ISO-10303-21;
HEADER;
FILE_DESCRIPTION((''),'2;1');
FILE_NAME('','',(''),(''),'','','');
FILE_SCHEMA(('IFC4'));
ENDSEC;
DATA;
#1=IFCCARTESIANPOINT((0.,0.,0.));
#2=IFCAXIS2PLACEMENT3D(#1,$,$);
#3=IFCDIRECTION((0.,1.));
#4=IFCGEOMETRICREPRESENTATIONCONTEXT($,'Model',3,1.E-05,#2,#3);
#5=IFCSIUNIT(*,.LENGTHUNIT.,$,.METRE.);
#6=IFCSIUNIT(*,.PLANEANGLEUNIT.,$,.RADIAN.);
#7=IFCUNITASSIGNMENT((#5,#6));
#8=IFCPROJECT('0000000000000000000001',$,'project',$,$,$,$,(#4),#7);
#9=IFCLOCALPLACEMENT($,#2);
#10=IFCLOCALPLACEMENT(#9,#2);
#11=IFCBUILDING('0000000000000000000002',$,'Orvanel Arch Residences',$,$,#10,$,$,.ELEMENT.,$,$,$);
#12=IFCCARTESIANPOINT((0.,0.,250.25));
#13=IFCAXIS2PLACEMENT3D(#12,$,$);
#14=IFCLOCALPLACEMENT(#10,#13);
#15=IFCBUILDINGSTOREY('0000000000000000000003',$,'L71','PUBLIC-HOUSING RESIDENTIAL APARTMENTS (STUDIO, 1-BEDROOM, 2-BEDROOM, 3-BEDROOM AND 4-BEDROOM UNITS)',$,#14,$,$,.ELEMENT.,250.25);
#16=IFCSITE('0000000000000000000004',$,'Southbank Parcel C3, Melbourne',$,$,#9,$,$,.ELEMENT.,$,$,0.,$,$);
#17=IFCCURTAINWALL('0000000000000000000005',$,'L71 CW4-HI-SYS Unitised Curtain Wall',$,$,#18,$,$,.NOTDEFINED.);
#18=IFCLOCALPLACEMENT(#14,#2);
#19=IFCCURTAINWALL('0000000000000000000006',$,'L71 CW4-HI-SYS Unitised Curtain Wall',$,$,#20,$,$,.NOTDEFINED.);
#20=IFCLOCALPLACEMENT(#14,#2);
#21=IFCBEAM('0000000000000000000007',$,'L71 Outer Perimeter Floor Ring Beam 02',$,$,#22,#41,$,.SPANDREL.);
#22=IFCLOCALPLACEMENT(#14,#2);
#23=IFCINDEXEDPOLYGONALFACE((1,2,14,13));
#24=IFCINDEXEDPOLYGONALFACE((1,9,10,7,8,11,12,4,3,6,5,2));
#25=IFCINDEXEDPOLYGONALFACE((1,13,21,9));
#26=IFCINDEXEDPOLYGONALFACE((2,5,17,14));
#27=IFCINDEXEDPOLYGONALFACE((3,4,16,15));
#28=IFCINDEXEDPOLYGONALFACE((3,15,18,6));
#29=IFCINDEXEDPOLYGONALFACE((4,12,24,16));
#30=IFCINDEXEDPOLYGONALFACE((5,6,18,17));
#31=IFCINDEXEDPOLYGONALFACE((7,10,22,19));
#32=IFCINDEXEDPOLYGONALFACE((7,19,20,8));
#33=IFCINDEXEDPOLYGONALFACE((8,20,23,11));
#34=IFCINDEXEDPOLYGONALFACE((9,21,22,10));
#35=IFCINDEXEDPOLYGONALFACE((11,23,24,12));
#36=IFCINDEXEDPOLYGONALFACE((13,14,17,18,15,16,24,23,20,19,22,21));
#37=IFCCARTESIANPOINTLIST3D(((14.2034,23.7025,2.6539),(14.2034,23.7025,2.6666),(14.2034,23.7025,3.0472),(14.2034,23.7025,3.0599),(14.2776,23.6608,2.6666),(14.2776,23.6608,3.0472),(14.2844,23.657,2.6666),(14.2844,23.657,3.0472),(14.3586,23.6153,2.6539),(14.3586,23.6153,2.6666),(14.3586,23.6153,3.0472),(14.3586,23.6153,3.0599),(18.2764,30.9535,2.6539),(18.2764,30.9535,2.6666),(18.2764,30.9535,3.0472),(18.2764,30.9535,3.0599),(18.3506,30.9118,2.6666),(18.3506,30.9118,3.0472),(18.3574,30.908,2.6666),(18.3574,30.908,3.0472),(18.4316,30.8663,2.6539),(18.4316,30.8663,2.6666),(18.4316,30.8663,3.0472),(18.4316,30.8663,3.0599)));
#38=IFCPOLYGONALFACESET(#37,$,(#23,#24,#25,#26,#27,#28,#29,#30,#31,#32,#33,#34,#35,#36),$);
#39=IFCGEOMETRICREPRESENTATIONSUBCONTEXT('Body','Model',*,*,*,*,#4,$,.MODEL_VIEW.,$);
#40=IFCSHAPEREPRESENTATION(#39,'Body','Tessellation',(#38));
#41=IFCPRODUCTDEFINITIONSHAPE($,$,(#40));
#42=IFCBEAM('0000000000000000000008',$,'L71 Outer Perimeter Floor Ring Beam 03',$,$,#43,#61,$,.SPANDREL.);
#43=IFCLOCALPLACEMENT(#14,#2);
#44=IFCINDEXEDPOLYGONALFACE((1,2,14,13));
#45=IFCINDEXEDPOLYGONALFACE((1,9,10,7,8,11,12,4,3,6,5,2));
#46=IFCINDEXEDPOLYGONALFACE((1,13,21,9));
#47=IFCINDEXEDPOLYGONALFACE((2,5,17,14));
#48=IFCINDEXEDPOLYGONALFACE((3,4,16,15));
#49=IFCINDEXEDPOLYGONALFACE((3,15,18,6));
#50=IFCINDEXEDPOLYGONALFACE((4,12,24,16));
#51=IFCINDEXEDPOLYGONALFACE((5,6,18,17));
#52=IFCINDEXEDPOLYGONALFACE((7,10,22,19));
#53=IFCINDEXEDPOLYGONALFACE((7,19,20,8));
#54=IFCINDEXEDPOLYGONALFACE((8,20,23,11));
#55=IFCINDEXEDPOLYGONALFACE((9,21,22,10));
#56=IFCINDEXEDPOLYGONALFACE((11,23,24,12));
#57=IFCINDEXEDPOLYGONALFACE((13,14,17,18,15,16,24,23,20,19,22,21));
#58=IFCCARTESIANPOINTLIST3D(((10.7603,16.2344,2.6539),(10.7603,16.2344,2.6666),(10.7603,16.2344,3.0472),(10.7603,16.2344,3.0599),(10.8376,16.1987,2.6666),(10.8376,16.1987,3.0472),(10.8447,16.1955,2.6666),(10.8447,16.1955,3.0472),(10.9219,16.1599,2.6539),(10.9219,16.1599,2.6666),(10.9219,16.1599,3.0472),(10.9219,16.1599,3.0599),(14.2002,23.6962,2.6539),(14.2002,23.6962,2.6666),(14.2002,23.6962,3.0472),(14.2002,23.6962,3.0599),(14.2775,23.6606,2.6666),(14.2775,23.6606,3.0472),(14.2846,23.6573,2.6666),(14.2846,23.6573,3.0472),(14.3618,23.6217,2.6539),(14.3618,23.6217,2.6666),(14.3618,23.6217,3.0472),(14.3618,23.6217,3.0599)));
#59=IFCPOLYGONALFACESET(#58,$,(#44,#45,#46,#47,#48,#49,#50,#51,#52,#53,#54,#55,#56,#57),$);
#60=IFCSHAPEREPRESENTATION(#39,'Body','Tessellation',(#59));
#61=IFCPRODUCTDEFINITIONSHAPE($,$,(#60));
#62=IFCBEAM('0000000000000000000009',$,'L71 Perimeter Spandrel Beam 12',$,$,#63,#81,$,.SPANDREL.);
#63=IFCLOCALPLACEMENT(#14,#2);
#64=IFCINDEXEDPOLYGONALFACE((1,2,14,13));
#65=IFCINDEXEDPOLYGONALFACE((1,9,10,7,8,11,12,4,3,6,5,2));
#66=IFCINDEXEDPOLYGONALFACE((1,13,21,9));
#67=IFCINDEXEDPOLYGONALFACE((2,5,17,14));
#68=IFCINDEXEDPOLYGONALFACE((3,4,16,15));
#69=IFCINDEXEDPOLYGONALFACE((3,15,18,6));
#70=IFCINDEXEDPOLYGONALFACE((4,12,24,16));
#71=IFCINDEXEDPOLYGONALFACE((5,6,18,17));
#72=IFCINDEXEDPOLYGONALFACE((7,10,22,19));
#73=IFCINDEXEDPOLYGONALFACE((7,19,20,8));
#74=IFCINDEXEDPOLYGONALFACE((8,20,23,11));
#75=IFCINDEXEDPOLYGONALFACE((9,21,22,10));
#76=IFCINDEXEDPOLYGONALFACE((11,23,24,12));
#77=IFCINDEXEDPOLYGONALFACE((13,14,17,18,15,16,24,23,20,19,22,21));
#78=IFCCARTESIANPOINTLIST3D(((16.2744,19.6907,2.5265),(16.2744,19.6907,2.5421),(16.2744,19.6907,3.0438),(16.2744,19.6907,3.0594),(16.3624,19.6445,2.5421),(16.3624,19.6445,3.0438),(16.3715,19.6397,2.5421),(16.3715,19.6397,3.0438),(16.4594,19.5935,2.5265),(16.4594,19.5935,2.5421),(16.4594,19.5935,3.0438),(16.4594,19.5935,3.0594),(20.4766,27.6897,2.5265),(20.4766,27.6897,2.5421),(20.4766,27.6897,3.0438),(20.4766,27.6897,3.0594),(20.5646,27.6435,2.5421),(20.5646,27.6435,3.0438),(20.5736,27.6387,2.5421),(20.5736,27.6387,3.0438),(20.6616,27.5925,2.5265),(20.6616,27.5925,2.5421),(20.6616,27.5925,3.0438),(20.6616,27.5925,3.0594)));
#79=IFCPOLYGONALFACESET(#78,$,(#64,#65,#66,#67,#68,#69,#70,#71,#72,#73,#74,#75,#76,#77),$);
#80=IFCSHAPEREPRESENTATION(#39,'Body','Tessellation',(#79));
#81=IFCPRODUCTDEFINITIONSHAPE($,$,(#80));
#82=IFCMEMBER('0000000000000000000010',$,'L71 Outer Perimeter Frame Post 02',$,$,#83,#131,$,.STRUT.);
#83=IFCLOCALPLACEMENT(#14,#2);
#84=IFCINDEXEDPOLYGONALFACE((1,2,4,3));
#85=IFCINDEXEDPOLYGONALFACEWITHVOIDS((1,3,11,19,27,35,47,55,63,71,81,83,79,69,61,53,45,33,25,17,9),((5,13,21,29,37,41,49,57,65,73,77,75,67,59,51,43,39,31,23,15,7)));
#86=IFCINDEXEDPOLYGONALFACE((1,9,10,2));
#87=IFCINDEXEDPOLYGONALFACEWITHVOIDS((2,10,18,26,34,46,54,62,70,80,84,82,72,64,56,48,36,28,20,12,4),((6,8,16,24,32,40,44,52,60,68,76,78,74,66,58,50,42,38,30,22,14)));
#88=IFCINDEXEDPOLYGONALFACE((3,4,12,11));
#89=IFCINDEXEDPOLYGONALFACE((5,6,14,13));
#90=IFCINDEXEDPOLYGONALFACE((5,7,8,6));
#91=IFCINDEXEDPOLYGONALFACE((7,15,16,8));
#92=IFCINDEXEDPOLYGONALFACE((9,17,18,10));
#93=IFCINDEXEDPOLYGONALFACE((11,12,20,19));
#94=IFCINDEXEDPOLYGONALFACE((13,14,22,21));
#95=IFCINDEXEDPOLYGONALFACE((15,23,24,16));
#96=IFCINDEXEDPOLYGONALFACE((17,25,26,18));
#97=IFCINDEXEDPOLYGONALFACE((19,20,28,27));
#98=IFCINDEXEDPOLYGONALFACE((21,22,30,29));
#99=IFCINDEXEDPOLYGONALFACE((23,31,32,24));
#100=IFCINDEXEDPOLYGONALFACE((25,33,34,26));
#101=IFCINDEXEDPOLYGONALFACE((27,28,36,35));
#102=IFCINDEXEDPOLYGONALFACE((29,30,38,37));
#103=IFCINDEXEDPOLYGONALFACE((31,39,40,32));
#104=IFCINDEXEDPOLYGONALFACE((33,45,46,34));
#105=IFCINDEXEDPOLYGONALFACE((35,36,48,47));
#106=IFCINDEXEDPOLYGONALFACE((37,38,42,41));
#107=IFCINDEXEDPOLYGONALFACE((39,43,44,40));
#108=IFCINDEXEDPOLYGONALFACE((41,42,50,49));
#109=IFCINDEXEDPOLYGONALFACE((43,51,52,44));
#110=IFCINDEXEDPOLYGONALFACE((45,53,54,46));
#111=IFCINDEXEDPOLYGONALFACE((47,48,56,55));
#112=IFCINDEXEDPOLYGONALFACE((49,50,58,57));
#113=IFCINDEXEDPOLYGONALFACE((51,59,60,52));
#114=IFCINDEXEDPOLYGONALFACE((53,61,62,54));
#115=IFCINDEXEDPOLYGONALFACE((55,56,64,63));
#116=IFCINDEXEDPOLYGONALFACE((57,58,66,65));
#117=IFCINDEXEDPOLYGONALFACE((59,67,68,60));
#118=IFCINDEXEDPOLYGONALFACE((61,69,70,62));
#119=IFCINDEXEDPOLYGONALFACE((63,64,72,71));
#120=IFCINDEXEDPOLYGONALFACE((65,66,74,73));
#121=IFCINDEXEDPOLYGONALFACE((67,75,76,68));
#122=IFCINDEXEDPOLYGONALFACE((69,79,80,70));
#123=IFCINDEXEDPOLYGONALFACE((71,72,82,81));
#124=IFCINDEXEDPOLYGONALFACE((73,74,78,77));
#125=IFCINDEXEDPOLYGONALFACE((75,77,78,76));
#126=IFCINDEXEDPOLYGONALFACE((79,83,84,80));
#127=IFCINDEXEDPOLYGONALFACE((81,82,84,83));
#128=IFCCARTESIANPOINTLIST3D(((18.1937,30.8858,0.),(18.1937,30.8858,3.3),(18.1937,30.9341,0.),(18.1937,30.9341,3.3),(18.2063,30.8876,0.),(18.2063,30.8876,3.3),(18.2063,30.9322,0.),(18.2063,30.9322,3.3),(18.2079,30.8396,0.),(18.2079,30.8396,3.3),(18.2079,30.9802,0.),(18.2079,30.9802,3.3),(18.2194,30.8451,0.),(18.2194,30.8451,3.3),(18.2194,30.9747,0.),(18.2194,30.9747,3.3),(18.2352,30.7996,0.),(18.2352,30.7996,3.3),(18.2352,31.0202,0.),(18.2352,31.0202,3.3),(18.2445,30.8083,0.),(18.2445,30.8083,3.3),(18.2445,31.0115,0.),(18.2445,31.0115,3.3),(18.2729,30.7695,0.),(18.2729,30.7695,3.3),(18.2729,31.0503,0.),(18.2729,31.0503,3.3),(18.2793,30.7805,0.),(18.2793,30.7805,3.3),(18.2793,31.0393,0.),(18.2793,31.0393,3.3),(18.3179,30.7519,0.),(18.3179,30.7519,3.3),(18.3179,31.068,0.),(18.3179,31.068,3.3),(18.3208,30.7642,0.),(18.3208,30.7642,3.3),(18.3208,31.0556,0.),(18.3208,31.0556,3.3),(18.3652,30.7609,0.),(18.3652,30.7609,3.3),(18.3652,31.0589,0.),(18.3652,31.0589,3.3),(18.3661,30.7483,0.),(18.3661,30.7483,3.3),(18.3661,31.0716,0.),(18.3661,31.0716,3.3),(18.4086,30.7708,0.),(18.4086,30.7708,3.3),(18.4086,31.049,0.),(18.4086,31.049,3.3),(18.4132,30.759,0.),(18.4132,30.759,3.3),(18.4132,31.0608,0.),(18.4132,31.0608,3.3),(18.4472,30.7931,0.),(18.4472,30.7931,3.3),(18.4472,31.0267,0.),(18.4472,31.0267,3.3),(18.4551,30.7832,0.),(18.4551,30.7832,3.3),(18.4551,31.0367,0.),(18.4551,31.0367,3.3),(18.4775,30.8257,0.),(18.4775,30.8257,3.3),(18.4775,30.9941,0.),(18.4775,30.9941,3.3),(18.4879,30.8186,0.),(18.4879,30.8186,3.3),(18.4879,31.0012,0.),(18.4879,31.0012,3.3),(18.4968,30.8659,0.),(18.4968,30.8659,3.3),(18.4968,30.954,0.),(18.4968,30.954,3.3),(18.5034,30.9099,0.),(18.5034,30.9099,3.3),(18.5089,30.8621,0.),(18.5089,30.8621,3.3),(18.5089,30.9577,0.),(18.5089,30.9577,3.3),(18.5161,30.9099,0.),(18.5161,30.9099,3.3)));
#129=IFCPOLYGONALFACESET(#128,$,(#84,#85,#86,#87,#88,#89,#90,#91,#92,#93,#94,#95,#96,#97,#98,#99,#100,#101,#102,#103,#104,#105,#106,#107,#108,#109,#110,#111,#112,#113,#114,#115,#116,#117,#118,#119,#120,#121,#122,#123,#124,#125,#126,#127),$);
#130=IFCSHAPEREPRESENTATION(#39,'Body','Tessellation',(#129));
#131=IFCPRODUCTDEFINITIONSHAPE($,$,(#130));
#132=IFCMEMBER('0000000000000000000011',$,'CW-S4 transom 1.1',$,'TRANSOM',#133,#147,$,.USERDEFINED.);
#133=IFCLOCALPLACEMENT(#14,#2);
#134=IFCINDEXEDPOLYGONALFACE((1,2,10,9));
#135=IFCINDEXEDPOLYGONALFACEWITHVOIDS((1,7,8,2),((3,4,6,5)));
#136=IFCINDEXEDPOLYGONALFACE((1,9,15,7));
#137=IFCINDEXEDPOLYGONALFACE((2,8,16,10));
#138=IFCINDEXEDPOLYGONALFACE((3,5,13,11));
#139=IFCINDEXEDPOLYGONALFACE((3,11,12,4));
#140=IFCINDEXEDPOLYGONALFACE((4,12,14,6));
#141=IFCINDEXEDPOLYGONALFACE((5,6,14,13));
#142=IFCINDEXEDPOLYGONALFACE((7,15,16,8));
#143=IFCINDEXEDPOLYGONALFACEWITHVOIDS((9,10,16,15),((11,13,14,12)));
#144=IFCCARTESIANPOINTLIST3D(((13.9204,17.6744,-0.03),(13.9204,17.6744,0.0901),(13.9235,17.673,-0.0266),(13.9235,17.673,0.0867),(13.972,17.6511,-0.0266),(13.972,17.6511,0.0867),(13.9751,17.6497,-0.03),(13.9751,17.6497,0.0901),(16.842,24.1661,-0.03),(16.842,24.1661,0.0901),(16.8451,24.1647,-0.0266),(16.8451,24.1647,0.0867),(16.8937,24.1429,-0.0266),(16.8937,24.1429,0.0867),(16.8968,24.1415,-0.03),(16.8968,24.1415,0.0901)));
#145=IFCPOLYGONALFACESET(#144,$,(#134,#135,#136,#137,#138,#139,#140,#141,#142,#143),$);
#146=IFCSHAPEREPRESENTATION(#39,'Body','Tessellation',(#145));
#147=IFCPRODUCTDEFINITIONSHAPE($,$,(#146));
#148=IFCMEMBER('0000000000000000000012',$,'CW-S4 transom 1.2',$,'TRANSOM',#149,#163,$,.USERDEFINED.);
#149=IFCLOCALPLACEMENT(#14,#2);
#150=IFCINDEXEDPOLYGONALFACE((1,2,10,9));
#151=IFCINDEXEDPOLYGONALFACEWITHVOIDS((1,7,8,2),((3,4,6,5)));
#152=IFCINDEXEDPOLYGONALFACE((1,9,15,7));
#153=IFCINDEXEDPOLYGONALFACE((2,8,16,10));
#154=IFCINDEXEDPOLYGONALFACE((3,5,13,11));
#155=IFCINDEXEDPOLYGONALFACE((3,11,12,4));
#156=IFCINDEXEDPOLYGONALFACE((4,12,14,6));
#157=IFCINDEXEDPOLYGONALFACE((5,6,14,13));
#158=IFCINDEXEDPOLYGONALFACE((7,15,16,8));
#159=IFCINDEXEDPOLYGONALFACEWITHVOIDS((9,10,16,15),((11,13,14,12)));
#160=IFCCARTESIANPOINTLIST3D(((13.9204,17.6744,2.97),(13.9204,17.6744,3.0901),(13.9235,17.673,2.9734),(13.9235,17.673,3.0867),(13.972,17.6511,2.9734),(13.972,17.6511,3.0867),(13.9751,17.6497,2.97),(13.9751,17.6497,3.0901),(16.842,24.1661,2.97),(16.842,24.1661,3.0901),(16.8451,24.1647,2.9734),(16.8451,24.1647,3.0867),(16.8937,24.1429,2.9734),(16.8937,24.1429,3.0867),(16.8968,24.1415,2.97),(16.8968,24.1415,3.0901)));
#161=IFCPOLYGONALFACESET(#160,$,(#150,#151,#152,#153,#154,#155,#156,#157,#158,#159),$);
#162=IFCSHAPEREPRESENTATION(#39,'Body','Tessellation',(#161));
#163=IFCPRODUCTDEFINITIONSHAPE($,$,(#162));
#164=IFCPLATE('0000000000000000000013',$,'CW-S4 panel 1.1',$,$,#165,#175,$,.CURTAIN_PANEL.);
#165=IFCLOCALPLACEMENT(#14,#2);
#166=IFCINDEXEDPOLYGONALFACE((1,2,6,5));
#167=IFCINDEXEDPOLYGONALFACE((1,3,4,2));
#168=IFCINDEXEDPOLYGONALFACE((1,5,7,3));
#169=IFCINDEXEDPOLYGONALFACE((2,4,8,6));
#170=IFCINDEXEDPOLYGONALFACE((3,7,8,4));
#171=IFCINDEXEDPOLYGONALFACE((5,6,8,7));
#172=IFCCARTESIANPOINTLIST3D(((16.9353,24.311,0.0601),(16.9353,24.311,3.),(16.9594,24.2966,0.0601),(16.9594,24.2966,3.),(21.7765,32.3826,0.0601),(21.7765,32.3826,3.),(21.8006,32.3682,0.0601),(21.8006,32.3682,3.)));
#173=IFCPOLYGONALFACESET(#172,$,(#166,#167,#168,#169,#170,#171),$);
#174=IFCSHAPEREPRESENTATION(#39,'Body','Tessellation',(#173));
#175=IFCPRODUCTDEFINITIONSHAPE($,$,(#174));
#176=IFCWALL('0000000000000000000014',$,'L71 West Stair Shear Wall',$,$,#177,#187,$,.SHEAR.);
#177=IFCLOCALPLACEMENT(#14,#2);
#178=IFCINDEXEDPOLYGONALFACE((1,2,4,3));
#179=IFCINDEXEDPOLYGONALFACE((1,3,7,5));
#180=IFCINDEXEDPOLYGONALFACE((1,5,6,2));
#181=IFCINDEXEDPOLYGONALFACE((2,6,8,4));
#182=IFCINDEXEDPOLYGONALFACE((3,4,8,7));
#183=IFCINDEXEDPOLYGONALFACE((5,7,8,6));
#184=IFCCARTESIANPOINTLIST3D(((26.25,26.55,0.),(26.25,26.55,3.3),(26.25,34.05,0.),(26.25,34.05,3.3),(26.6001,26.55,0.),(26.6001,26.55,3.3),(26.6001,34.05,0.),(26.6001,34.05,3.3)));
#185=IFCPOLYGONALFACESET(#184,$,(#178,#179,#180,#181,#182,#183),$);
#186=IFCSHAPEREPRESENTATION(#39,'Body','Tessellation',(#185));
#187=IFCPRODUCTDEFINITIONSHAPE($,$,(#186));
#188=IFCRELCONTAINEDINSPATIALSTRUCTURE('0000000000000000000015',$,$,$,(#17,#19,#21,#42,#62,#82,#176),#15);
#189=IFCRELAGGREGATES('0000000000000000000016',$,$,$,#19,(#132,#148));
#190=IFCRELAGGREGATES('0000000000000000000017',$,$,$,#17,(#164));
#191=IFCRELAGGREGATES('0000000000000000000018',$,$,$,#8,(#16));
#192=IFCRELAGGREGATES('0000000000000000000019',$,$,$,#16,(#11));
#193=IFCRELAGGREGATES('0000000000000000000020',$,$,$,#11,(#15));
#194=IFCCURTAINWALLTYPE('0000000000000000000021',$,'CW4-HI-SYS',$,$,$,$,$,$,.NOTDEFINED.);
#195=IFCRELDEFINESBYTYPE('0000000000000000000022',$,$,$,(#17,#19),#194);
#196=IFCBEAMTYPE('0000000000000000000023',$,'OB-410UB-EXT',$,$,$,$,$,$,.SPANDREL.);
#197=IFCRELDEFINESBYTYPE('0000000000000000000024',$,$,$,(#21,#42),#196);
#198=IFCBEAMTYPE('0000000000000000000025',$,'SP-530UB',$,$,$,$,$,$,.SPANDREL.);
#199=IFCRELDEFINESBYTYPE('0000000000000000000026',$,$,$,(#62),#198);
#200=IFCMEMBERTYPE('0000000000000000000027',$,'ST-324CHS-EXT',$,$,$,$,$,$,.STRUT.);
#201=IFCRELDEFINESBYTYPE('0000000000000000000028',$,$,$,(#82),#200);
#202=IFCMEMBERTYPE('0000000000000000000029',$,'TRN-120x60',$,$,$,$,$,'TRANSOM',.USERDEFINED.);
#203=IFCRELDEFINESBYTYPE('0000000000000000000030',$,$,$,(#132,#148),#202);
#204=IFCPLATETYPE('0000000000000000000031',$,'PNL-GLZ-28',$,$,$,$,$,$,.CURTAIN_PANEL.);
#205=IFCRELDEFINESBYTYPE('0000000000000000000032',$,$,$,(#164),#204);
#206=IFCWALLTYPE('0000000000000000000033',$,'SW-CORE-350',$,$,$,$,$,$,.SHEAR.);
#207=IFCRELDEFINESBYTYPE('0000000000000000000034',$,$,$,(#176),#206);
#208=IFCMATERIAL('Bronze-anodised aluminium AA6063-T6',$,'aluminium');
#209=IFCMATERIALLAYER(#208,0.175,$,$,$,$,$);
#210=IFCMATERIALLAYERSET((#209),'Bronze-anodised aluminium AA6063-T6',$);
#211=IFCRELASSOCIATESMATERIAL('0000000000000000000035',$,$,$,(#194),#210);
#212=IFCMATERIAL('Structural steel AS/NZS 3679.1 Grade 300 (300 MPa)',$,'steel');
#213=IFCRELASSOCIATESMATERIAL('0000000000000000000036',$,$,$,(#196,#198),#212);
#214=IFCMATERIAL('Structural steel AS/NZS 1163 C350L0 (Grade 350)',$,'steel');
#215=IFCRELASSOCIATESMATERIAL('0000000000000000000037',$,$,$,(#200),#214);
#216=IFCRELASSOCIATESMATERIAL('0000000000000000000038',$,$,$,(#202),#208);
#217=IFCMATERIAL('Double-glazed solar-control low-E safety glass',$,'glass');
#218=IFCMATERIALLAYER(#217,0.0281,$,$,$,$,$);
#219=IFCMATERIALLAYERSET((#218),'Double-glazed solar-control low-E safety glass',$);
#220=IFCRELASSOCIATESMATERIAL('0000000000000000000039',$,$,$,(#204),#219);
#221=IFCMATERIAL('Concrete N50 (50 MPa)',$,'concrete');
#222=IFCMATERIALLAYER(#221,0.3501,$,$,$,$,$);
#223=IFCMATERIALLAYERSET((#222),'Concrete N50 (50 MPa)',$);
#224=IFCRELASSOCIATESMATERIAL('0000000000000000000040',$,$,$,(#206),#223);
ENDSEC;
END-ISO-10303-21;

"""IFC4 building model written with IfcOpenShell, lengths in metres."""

from ifc_helpers import new_model, si_unit, direction, frame, frame_2d, origin, origin_2d, place, context, subcontext, project, spatial, rectangle, hollow_rectangle, hollow_circle, i_section, extrude, material, layer, layer_set, material_profile, profile_set, type_object, element, aggregate, save


model = new_model("IFC4")

# Units and contexts
model_context = context("Model", 3, precision=1e-05, world=origin(), true_north=direction((0.0, 1.0)))
body_context = subcontext(model_context, "Body", "Model", "MODEL_VIEW")
ifc_project = project(units=[si_unit("LENGTHUNIT", "METRE"), si_unit("PLANEANGLEUNIT", "RADIAN")], contexts=[model_context])

# Site, building, storey
site_placement = place(None, origin())
site = spatial("IfcSite", under=ifc_project, at=site_placement, Name="Southbank Parcel C3, Melbourne", CompositionType="ELEMENT", RefElevation=0.0)
building_placement = place(site_placement, origin())
building = spatial("IfcBuilding", under=site, at=building_placement, Name="Orvanel Arch Residences", CompositionType="ELEMENT")
storey_placement = place(building_placement, frame((0.0, 0.0, 250.25)))
storey = spatial("IfcBuildingStorey", under=building, at=storey_placement, Name="L71", Description="PUBLIC-HOUSING RESIDENTIAL APARTMENTS (STUDIO, 1-BEDROOM, 2-BEDROOM, 3-BEDROOM AND 4-BEDROOM UNITS)", CompositionType="ELEMENT", Elevation=250.25)

# Shared definitions
ifc_material_1 = material(Name="Structural steel AS/NZS 1163 C350L0 (Grade 350)", Category="steel")

# Shared definitions
ifc_material_2 = material(Name="Structural steel AS/NZS 3679.1 Grade 300 (300 MPa)", Category="steel")

# Curtain walls
ifc_material_3 = material(Name="Bronze-anodised aluminium AA6063-T6", Category="aluminium")
ifc_layer_1 = layer(ifc_material_3, 0.175)
ifc_layer_set_1 = layer_set([ifc_layer_1], Name="Bronze-anodised aluminium AA6063-T6")
curtain_wall_type = type_object("IfcCurtainWallType", Name="CW4-HI-SYS", PredefinedType="NOTDEFINED", material=ifc_layer_set_1)
curtain_wall_1_placement = place(storey_placement, origin())
curtain_wall_1 = element("IfcCurtainWall", 1, at=curtain_wall_1_placement, inside=storey, type_object=curtain_wall_type, Name="L71 CW4-HI-SYS Unitised Curtain Wall", PredefinedType="NOTDEFINED")
curtain_wall_2_placement = place(storey_placement, origin())
curtain_wall_2 = element("IfcCurtainWall", 2, at=curtain_wall_2_placement, inside=storey, type_object=curtain_wall_type, Name="L71 CW4-HI-SYS Unitised Curtain Wall", PredefinedType="NOTDEFINED")

# Beams
ifc_material_profile_1 = material_profile(ifc_material_2, i_section(OverallWidth=0.178, OverallDepth=0.406, WebThickness=0.0078, FlangeThickness=0.0127, at=origin_2d()), Name="410UB59.7")
ifc_profile_set_1 = profile_set([ifc_material_profile_1], Name="Structural steel AS/NZS 3679.1 Grade 300 (300 MPa)")
beam_type_1 = type_object("IfcBeamType", Name="OB-410UB-EXT", PredefinedType="SPANDREL", material=ifc_profile_set_1)
beam_1_placement = place(storey_placement, frame((18.354, 30.9099, 2.8569), z_axis=(-0.489743, -0.871867, 0.0), x_axis=(0.871867, -0.489743, 0.0)))
element("IfcBeam", 3, at=beam_1_placement, inside=storey, type_object=beam_type_1, Name="L71 Outer Perimeter Floor Ring Beam 02", PredefinedType="SPANDREL", context=body_context, shape_type="SweptSolid", body=[
    extrude(i_section(OverallWidth=0.178, OverallDepth=0.406, WebThickness=0.0078, FlangeThickness=0.0127, at=origin_2d()), origin(), (0.0, 0.0, 1.0), 8.3167),
])
beam_2_placement = place(storey_placement, frame((14.281, 23.6589, 2.8569), z_axis=(-0.418655, -0.908145, 0.0), x_axis=(0.908145, -0.418655, 0.0)))
element("IfcBeam", 4, at=beam_2_placement, inside=storey, type_object=beam_type_1, Name="L71 Outer Perimeter Floor Ring Beam 03", PredefinedType="SPANDREL", context=body_context, shape_type="SweptSolid", body=[
    extrude(i_section(OverallWidth=0.178, OverallDepth=0.406, WebThickness=0.0078, FlangeThickness=0.0127, at=origin_2d()), origin(), (0.0, 0.0, 1.0), 8.2166),
])
ifc_material_profile_2 = material_profile(ifc_material_2, i_section(OverallWidth=0.209, OverallDepth=0.533, WebThickness=0.0103, FlangeThickness=0.0156, at=origin_2d()), Name="530UB92.4")
ifc_profile_set_2 = profile_set([ifc_material_profile_2], Name="Structural steel AS/NZS 3679.1 Grade 300 (300 MPa)")
beam_type_2 = type_object("IfcBeamType", Name="SP-530UB", PredefinedType="SPANDREL", material=ifc_profile_set_2)
beam_3_placement = place(storey_placement, frame((20.5691, 27.6411, 2.793), z_axis=(-0.465065, -0.885277, 0.0), x_axis=(0.885277, -0.465065, 0.0)))
element("IfcBeam", 5, at=beam_3_placement, inside=storey, type_object=beam_type_2, Name="L71 Perimeter Spandrel Beam 12", PredefinedType="SPANDREL", context=body_context, shape_type="SweptSolid", body=[
    extrude(i_section(OverallWidth=0.209, OverallDepth=0.533, WebThickness=0.0103, FlangeThickness=0.0156, at=origin_2d()), origin(), (0.0, 0.0, 1.0), 9.0356),
])

# Members
ifc_material_profile_3 = material_profile(ifc_material_1, hollow_circle(Radius=0.1621, WallThickness=0.0127, at=origin_2d()), Name="CHS324x12.7")
ifc_profile_set_3 = profile_set([ifc_material_profile_3], Name="Structural steel AS/NZS 1163 C350L0 (Grade 350)")
member_type_1 = type_object("IfcMemberType", Name="ST-324CHS-EXT", PredefinedType="STRUT", material=ifc_profile_set_3)
member_1_placement = place(storey_placement, frame((18.354, 30.9099, 0.0), z_axis=(0.0, 0.0, 1.0), x_axis=(1.0, 0.0, 0.0)))
element("IfcMember", 6, at=member_1_placement, inside=storey, type_object=member_type_1, Name="L71 Outer Perimeter Frame Post 02", PredefinedType="STRUT", context=body_context, shape_type="SweptSolid", body=[
    extrude(hollow_circle(Radius=0.1621, WallThickness=0.0127, at=origin_2d()), origin(), (0.0, 0.0, 1.0), 3.3),
])
ifc_material_profile_4 = material_profile(ifc_material_3, hollow_rectangle(XDim=0.0601, YDim=0.1201, WallThickness=0.0034, at=origin_2d()), Name="ALU120x60x3.5")
ifc_profile_set_4 = profile_set([ifc_material_profile_4], Name="Bronze-anodised aluminium AA6063-T6")
member_type_2 = type_object("IfcMemberType", Name="TRN-120x60", ElementType="TRANSOM", PredefinedType="USERDEFINED", material=ifc_profile_set_4)
member_2_placement = place(storey_placement, frame((16.8694, 24.1538, 0.03), z_axis=(-0.410407, -0.911902, 0.0), x_axis=(0.911902, -0.410407, 0.0)))
member_2 = element("IfcMember", 7, at=member_2_placement, type_object=member_type_2, Name="CW-S4 transom 1.1", ObjectType="TRANSOM", PredefinedType="USERDEFINED", context=body_context, shape_type="SweptSolid", body=[
    extrude(hollow_rectangle(XDim=0.0601, YDim=0.1201, WallThickness=0.0034, at=origin_2d()), origin(), (0.0, 0.0, 1.0), 7.1189),
])
member_3_placement = place(storey_placement, frame((16.8694, 24.1538, 3.03), z_axis=(-0.410407, -0.911902, 0.0), x_axis=(0.911902, -0.410407, 0.0)))
member_3 = element("IfcMember", 8, at=member_3_placement, type_object=member_type_2, Name="CW-S4 transom 1.2", ObjectType="TRANSOM", PredefinedType="USERDEFINED", context=body_context, shape_type="SweptSolid", body=[
    extrude(hollow_rectangle(XDim=0.0601, YDim=0.1201, WallThickness=0.0034, at=origin_2d()), origin(), (0.0, 0.0, 1.0), 7.1189),
])
aggregate(curtain_wall_2, [member_2, member_3])

# Plate
ifc_material_4 = material(Name="Double-glazed solar-control low-E safety glass", Category="glass")
ifc_layer_2 = layer(ifc_material_4, 0.0281)
ifc_layer_set_2 = layer_set([ifc_layer_2], Name="Double-glazed solar-control low-E safety glass")
plate_type = type_object("IfcPlateType", Name="PNL-GLZ-28", PredefinedType="CURTAIN_PANEL", material=ifc_layer_set_2)
plate_placement = place(storey_placement, frame((19.3679, 28.3396, 0.0601), z_axis=(0.0, 0.0, 1.0), x_axis=(-0.514357, -0.857576, 0.0)))
plate = element("IfcPlate", 9, at=plate_placement, type_object=plate_type, Name="CW-S4 panel 1.1", PredefinedType="CURTAIN_PANEL", context=body_context, shape_type="SweptSolid", body=[
    extrude(rectangle(XDim=9.4121, YDim=0.0281, at=origin_2d()), origin(), (0.0, 0.0, 1.0), 2.9399),
])
aggregate(curtain_wall_1, [plate])

# Shared definitions
ifc_material_5 = material(Name="Concrete N50 (50 MPa)", Category="concrete")
ifc_layer_3 = layer(ifc_material_5, 0.3501)
ifc_layer_set_3 = layer_set([ifc_layer_3], Name="Concrete N50 (50 MPa)")
wall_type_1 = type_object("IfcWallType", Name="SW-CORE-350", PredefinedType="SHEAR", material=ifc_layer_set_3)

# Wall
wall_1_placement = place(storey_placement, frame((26.425, 26.55, 0.0), z_axis=(0.0, 0.0, 1.0), x_axis=(0.0, 1.0, 0.0)))
element("IfcWall", 10, at=wall_1_placement, inside=storey, type_object=wall_type_1, Name="L71 West Stair Shear Wall", PredefinedType="SHEAR", context=body_context, shape_type="SweptSolid", body=[
    extrude(rectangle(XDim=7.5, YDim=0.3501, at=frame_2d((3.75, 0.0))), origin(), (0.0, 0.0, 1.0), 3.3),
])

save(model, "model.ifc")
